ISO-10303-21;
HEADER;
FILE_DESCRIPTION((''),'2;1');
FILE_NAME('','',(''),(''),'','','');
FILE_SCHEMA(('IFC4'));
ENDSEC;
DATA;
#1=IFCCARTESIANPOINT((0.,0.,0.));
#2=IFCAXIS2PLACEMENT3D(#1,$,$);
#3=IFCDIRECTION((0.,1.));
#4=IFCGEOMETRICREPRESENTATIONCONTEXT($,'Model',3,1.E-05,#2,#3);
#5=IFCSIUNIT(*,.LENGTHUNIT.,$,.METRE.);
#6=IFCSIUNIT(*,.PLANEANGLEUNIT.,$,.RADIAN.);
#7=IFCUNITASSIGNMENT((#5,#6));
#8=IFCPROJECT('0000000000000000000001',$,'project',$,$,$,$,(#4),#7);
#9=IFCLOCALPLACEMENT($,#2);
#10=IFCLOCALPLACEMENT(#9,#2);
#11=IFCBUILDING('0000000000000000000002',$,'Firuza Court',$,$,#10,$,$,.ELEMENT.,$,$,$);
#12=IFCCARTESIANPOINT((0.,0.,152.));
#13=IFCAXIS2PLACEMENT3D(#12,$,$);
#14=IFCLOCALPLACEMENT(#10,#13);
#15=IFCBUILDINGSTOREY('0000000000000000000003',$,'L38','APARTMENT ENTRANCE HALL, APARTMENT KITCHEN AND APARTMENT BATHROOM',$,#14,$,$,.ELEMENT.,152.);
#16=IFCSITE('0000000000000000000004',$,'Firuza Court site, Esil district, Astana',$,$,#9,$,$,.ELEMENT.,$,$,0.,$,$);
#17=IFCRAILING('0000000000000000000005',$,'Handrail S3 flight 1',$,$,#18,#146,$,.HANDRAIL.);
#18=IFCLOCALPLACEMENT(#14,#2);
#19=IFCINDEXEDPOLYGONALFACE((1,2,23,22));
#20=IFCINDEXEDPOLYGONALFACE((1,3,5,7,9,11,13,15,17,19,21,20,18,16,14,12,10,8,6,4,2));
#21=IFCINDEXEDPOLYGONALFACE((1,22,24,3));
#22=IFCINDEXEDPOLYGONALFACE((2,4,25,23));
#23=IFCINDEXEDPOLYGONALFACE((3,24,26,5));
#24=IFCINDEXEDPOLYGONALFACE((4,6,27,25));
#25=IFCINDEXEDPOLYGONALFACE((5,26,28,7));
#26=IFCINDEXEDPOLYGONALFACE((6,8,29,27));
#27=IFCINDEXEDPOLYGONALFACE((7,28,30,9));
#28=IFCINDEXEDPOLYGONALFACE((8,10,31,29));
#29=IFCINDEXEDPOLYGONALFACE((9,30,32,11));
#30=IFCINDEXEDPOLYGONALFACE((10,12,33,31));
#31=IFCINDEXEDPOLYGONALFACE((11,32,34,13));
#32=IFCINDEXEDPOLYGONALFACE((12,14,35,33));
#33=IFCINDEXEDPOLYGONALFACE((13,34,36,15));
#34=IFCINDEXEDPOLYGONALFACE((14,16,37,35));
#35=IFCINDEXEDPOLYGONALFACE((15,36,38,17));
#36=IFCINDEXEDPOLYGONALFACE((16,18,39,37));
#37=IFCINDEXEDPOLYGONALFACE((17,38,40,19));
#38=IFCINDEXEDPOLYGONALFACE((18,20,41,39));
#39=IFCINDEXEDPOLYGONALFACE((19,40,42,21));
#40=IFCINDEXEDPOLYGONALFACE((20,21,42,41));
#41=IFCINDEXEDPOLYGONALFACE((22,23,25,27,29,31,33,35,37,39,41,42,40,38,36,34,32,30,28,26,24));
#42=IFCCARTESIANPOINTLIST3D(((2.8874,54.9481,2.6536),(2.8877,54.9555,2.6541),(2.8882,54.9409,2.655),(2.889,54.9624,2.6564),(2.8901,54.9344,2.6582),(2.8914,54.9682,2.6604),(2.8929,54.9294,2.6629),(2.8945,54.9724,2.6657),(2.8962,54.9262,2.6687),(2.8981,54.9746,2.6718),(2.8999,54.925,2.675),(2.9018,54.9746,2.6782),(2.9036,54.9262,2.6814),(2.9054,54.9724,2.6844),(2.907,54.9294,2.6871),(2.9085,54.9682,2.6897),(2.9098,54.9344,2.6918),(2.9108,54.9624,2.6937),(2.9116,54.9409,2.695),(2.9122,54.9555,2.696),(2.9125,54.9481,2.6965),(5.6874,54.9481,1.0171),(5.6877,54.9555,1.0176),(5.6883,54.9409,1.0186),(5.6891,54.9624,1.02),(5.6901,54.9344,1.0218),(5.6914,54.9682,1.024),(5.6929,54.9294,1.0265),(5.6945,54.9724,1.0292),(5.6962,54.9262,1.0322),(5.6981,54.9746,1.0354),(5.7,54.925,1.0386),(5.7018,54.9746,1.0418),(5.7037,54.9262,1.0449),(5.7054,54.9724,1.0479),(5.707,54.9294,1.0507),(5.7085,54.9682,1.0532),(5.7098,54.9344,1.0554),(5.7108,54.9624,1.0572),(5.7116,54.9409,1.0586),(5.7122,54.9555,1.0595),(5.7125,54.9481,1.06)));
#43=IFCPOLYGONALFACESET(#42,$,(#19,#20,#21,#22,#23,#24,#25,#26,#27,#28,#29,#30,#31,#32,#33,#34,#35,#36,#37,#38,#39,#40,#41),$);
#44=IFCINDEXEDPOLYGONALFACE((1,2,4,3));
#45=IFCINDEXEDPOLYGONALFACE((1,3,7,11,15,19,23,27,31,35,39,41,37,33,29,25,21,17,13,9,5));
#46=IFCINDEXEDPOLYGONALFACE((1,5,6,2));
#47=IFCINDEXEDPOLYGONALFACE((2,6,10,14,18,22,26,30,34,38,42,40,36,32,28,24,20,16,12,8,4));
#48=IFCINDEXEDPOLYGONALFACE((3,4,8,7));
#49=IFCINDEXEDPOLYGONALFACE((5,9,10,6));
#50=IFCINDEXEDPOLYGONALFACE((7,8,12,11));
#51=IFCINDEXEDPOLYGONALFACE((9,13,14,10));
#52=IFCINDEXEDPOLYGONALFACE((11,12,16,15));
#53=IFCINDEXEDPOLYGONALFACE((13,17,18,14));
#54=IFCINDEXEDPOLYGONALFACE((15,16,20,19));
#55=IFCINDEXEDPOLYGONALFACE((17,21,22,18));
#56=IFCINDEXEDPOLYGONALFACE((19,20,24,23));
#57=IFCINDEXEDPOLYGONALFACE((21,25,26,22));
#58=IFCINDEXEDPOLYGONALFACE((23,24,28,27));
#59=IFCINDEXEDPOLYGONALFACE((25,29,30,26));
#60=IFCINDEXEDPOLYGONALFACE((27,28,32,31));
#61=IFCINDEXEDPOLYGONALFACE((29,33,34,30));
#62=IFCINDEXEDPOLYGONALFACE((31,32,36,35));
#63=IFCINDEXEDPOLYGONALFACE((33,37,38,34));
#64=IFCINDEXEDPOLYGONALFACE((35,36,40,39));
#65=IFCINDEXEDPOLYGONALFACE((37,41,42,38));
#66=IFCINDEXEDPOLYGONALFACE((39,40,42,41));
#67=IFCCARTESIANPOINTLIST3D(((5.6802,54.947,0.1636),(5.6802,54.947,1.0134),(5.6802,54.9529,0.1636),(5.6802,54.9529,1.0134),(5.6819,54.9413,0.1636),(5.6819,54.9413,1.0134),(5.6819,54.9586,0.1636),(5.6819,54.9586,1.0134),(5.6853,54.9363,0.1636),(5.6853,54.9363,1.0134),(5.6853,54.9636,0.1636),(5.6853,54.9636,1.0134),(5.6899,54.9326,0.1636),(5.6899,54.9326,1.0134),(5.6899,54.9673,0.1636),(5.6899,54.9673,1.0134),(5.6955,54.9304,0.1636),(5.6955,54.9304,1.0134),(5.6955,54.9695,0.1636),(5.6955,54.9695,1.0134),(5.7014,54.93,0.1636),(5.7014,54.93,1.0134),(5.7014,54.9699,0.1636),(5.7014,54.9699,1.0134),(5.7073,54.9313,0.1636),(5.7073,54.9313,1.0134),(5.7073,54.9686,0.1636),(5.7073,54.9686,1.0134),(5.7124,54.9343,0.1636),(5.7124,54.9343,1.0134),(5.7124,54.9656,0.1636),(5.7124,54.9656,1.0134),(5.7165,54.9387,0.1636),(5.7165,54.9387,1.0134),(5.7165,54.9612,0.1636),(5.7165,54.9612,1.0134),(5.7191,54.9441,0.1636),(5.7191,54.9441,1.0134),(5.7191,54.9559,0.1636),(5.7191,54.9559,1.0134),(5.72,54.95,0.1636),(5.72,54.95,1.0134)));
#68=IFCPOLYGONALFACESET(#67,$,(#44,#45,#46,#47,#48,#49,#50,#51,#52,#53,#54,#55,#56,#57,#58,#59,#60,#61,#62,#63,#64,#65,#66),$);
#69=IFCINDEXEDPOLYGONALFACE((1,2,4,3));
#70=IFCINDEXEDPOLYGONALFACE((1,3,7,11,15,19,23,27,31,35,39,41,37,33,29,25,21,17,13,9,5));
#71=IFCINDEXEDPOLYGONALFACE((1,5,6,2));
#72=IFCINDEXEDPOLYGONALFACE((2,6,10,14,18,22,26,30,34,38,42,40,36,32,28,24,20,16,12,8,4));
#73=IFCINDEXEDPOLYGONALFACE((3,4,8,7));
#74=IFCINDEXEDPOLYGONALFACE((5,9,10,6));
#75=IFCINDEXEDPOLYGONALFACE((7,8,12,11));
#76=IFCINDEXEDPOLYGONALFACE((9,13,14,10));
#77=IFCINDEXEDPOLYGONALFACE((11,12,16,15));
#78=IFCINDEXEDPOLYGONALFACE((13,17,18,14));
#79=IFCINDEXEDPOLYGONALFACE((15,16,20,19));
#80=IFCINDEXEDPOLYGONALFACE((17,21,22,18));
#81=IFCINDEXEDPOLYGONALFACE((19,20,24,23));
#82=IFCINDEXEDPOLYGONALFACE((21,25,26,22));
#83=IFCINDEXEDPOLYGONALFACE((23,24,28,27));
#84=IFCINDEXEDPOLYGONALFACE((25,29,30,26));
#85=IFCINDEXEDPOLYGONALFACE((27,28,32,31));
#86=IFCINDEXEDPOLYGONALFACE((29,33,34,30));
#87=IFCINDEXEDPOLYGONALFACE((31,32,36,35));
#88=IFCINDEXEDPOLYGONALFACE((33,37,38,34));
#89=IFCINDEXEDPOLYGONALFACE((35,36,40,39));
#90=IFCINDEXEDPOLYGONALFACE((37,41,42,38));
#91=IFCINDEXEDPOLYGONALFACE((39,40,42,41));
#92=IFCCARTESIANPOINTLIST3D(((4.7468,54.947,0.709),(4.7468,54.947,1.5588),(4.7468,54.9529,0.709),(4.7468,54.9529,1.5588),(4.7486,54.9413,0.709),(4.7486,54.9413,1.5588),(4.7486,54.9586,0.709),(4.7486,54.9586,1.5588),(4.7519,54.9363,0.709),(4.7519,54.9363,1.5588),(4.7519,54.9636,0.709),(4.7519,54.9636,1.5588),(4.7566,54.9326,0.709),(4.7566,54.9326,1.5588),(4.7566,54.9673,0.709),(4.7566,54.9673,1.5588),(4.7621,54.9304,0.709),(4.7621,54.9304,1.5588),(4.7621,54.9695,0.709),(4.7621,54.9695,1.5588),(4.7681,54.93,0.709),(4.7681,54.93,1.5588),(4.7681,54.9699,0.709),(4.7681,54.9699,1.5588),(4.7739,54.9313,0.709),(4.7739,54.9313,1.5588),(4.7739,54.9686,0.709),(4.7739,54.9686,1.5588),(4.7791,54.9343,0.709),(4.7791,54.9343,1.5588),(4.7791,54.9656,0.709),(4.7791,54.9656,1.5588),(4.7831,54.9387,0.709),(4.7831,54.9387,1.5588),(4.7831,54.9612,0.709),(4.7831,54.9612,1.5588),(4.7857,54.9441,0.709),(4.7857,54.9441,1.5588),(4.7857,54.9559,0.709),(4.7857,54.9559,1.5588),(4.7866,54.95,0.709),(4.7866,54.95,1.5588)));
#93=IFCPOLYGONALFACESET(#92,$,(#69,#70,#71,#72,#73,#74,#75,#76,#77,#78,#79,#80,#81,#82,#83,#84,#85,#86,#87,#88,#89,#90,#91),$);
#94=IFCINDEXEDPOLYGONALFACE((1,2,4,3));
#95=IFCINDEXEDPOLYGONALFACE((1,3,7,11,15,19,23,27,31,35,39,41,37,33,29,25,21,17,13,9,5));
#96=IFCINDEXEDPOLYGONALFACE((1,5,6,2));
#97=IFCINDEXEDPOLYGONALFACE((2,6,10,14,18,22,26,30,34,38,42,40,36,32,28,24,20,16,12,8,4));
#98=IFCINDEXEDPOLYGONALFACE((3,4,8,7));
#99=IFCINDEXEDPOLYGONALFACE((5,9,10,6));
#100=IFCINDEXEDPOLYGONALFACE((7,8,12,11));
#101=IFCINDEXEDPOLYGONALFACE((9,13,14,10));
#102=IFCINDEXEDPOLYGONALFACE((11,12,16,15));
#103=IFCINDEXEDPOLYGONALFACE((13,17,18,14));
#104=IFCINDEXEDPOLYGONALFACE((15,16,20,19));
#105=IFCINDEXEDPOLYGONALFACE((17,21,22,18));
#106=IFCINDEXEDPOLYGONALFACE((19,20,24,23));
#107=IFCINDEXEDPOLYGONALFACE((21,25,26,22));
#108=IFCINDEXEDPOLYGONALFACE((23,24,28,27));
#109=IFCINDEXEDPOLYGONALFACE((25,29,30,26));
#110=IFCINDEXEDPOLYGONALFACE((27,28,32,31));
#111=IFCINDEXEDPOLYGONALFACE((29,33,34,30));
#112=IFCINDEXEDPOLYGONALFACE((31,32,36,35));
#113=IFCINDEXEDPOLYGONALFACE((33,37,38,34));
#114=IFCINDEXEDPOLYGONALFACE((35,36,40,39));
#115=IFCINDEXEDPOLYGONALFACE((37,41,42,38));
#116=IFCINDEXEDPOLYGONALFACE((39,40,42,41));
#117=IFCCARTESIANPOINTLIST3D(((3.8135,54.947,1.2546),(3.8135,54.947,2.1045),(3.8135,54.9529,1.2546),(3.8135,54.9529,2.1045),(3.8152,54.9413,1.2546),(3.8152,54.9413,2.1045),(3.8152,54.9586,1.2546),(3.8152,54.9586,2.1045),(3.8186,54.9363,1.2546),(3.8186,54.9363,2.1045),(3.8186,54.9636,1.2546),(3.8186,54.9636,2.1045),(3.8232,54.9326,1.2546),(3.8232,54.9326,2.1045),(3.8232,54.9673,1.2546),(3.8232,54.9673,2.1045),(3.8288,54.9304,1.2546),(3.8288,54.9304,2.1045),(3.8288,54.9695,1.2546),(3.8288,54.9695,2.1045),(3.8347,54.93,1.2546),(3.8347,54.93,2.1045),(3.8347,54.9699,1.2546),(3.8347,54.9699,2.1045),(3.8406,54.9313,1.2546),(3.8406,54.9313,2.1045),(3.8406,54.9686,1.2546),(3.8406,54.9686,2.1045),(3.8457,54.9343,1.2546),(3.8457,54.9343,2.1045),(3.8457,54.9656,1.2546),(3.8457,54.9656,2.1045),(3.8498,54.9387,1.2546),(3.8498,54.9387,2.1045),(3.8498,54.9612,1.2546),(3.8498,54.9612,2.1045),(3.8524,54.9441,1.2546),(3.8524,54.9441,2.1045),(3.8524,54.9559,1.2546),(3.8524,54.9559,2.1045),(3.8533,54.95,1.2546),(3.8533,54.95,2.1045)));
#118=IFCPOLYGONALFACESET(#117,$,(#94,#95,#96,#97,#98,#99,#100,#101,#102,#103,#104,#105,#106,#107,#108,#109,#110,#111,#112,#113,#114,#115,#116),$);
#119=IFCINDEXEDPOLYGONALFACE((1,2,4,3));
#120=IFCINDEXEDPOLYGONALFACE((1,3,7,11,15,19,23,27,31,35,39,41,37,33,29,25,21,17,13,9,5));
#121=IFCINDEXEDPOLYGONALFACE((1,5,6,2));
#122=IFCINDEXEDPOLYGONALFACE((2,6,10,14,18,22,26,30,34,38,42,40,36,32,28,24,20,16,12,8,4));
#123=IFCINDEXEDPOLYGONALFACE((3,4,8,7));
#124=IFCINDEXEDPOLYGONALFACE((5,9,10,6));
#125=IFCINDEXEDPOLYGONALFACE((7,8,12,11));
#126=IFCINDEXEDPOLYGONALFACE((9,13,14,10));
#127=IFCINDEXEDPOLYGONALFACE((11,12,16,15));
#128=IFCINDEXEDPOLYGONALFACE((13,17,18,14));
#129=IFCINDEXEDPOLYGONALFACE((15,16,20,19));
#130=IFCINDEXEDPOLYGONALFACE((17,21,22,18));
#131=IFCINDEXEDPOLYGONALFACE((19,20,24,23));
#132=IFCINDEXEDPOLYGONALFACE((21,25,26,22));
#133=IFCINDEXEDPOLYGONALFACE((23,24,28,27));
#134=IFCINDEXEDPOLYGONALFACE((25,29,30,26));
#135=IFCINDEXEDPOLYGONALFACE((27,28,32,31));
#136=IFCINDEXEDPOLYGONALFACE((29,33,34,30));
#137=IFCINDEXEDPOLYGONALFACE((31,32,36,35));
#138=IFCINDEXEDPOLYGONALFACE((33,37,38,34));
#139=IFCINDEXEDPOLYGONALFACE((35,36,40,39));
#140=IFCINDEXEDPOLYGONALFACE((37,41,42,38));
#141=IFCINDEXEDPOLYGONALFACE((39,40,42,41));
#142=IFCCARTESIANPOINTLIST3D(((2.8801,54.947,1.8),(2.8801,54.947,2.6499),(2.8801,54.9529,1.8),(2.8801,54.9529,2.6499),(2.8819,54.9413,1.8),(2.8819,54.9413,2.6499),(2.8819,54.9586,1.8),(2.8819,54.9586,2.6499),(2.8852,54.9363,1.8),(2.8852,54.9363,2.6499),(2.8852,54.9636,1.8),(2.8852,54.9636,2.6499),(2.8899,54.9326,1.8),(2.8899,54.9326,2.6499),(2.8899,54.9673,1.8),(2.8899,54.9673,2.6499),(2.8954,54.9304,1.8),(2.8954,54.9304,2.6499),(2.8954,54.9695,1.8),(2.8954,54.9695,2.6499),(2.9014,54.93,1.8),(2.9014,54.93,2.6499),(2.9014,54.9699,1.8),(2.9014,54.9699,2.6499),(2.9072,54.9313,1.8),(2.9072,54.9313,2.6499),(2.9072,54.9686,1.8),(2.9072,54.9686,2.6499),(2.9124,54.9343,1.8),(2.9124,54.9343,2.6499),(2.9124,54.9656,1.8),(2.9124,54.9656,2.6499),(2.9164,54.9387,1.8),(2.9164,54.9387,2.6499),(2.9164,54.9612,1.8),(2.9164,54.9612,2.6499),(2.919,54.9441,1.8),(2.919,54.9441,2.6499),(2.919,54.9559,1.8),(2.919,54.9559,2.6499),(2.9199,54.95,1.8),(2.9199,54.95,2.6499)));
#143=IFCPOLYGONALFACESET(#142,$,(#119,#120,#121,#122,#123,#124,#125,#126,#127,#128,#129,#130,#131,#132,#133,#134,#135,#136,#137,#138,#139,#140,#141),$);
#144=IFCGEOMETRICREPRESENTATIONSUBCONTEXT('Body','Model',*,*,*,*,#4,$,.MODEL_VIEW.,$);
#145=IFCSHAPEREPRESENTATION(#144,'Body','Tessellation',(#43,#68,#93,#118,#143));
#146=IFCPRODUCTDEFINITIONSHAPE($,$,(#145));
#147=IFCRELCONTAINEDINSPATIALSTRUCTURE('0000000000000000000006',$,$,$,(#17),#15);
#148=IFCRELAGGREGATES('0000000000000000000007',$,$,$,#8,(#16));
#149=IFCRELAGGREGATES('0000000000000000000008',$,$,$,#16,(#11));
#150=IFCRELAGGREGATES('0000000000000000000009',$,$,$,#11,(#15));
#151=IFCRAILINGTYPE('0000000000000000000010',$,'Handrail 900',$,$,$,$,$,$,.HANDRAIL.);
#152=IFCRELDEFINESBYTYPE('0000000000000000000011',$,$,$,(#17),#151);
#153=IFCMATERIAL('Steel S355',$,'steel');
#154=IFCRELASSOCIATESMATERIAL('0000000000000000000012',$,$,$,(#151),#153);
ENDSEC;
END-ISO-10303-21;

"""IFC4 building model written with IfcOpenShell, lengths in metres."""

from ifc_helpers import new_model, si_unit, direction, frame, origin, origin_2d, place, context, subcontext, project, spatial, circle, extrude, material, type_object, element, save


model = new_model("IFC4")

# Units and contexts
model_context = context("Model", 3, precision=1e-05, world=origin(), true_north=direction((0.0, 1.0)))
body_context = subcontext(model_context, "Body", "Model", "MODEL_VIEW")
ifc_project = project(units=[si_unit("LENGTHUNIT", "METRE"), si_unit("PLANEANGLEUNIT", "RADIAN")], contexts=[model_context])

# Site, building, storey
site_placement = place(None, origin())
site = spatial("IfcSite", under=ifc_project, at=site_placement, Name="Firuza Court site, Esil district, Astana", CompositionType="ELEMENT", RefElevation=0.0)
building_placement = place(site_placement, origin())
building = spatial("IfcBuilding", under=site, at=building_placement, Name="Firuza Court", CompositionType="ELEMENT")
storey_placement = place(building_placement, frame((0.0, 0.0, 152.0)))
storey = spatial("IfcBuildingStorey", under=building, at=storey_placement, Name="L38", Description="APARTMENT ENTRANCE HALL, APARTMENT KITCHEN AND APARTMENT BATHROOM", CompositionType="ELEMENT", Elevation=152.0)

# Railing
ifc_material_1 = material(Name="Steel S355", Category="steel")
railing_type_1 = type_object("IfcRailingType", Name="Handrail 900", PredefinedType="HANDRAIL", material=ifc_material_1)
railing_1_placement = place(storey_placement, frame((5.7, 54.95, 0.1636)))
element("IfcRailing", 1, at=railing_1_placement, inside=storey, type_object=railing_type_1, Name="Handrail S3 flight 1", PredefinedType="HANDRAIL", context=body_context, shape_type="SweptSolid", body=[
    extrude(circle(Radius=0.0249, at=origin_2d()), frame((0.0, 0.0, 0.875), z_axis=(-0.863361, 0.0, 0.504587), x_axis=(0.0, -1.0, 0.0)), (0.0, 0.0, 1.0), 3.2432),
    extrude(circle(Radius=0.02, at=origin_2d()), origin(), (0.0, 0.0, 1.0), 0.8499),
    extrude(circle(Radius=0.02, at=origin_2d()), frame((-0.9333, 0.0, 0.5454)), (0.0, 0.0, 1.0), 0.8499),
    extrude(circle(Radius=0.02, at=origin_2d()), frame((-1.8667, 0.0, 1.0911)), (0.0, 0.0, 1.0), 0.8499),
    extrude(circle(Radius=0.02, at=origin_2d()), frame((-2.8, 0.0, 1.6365)), (0.0, 0.0, 1.0), 0.8499),
])

save(model, "model.ifc")
